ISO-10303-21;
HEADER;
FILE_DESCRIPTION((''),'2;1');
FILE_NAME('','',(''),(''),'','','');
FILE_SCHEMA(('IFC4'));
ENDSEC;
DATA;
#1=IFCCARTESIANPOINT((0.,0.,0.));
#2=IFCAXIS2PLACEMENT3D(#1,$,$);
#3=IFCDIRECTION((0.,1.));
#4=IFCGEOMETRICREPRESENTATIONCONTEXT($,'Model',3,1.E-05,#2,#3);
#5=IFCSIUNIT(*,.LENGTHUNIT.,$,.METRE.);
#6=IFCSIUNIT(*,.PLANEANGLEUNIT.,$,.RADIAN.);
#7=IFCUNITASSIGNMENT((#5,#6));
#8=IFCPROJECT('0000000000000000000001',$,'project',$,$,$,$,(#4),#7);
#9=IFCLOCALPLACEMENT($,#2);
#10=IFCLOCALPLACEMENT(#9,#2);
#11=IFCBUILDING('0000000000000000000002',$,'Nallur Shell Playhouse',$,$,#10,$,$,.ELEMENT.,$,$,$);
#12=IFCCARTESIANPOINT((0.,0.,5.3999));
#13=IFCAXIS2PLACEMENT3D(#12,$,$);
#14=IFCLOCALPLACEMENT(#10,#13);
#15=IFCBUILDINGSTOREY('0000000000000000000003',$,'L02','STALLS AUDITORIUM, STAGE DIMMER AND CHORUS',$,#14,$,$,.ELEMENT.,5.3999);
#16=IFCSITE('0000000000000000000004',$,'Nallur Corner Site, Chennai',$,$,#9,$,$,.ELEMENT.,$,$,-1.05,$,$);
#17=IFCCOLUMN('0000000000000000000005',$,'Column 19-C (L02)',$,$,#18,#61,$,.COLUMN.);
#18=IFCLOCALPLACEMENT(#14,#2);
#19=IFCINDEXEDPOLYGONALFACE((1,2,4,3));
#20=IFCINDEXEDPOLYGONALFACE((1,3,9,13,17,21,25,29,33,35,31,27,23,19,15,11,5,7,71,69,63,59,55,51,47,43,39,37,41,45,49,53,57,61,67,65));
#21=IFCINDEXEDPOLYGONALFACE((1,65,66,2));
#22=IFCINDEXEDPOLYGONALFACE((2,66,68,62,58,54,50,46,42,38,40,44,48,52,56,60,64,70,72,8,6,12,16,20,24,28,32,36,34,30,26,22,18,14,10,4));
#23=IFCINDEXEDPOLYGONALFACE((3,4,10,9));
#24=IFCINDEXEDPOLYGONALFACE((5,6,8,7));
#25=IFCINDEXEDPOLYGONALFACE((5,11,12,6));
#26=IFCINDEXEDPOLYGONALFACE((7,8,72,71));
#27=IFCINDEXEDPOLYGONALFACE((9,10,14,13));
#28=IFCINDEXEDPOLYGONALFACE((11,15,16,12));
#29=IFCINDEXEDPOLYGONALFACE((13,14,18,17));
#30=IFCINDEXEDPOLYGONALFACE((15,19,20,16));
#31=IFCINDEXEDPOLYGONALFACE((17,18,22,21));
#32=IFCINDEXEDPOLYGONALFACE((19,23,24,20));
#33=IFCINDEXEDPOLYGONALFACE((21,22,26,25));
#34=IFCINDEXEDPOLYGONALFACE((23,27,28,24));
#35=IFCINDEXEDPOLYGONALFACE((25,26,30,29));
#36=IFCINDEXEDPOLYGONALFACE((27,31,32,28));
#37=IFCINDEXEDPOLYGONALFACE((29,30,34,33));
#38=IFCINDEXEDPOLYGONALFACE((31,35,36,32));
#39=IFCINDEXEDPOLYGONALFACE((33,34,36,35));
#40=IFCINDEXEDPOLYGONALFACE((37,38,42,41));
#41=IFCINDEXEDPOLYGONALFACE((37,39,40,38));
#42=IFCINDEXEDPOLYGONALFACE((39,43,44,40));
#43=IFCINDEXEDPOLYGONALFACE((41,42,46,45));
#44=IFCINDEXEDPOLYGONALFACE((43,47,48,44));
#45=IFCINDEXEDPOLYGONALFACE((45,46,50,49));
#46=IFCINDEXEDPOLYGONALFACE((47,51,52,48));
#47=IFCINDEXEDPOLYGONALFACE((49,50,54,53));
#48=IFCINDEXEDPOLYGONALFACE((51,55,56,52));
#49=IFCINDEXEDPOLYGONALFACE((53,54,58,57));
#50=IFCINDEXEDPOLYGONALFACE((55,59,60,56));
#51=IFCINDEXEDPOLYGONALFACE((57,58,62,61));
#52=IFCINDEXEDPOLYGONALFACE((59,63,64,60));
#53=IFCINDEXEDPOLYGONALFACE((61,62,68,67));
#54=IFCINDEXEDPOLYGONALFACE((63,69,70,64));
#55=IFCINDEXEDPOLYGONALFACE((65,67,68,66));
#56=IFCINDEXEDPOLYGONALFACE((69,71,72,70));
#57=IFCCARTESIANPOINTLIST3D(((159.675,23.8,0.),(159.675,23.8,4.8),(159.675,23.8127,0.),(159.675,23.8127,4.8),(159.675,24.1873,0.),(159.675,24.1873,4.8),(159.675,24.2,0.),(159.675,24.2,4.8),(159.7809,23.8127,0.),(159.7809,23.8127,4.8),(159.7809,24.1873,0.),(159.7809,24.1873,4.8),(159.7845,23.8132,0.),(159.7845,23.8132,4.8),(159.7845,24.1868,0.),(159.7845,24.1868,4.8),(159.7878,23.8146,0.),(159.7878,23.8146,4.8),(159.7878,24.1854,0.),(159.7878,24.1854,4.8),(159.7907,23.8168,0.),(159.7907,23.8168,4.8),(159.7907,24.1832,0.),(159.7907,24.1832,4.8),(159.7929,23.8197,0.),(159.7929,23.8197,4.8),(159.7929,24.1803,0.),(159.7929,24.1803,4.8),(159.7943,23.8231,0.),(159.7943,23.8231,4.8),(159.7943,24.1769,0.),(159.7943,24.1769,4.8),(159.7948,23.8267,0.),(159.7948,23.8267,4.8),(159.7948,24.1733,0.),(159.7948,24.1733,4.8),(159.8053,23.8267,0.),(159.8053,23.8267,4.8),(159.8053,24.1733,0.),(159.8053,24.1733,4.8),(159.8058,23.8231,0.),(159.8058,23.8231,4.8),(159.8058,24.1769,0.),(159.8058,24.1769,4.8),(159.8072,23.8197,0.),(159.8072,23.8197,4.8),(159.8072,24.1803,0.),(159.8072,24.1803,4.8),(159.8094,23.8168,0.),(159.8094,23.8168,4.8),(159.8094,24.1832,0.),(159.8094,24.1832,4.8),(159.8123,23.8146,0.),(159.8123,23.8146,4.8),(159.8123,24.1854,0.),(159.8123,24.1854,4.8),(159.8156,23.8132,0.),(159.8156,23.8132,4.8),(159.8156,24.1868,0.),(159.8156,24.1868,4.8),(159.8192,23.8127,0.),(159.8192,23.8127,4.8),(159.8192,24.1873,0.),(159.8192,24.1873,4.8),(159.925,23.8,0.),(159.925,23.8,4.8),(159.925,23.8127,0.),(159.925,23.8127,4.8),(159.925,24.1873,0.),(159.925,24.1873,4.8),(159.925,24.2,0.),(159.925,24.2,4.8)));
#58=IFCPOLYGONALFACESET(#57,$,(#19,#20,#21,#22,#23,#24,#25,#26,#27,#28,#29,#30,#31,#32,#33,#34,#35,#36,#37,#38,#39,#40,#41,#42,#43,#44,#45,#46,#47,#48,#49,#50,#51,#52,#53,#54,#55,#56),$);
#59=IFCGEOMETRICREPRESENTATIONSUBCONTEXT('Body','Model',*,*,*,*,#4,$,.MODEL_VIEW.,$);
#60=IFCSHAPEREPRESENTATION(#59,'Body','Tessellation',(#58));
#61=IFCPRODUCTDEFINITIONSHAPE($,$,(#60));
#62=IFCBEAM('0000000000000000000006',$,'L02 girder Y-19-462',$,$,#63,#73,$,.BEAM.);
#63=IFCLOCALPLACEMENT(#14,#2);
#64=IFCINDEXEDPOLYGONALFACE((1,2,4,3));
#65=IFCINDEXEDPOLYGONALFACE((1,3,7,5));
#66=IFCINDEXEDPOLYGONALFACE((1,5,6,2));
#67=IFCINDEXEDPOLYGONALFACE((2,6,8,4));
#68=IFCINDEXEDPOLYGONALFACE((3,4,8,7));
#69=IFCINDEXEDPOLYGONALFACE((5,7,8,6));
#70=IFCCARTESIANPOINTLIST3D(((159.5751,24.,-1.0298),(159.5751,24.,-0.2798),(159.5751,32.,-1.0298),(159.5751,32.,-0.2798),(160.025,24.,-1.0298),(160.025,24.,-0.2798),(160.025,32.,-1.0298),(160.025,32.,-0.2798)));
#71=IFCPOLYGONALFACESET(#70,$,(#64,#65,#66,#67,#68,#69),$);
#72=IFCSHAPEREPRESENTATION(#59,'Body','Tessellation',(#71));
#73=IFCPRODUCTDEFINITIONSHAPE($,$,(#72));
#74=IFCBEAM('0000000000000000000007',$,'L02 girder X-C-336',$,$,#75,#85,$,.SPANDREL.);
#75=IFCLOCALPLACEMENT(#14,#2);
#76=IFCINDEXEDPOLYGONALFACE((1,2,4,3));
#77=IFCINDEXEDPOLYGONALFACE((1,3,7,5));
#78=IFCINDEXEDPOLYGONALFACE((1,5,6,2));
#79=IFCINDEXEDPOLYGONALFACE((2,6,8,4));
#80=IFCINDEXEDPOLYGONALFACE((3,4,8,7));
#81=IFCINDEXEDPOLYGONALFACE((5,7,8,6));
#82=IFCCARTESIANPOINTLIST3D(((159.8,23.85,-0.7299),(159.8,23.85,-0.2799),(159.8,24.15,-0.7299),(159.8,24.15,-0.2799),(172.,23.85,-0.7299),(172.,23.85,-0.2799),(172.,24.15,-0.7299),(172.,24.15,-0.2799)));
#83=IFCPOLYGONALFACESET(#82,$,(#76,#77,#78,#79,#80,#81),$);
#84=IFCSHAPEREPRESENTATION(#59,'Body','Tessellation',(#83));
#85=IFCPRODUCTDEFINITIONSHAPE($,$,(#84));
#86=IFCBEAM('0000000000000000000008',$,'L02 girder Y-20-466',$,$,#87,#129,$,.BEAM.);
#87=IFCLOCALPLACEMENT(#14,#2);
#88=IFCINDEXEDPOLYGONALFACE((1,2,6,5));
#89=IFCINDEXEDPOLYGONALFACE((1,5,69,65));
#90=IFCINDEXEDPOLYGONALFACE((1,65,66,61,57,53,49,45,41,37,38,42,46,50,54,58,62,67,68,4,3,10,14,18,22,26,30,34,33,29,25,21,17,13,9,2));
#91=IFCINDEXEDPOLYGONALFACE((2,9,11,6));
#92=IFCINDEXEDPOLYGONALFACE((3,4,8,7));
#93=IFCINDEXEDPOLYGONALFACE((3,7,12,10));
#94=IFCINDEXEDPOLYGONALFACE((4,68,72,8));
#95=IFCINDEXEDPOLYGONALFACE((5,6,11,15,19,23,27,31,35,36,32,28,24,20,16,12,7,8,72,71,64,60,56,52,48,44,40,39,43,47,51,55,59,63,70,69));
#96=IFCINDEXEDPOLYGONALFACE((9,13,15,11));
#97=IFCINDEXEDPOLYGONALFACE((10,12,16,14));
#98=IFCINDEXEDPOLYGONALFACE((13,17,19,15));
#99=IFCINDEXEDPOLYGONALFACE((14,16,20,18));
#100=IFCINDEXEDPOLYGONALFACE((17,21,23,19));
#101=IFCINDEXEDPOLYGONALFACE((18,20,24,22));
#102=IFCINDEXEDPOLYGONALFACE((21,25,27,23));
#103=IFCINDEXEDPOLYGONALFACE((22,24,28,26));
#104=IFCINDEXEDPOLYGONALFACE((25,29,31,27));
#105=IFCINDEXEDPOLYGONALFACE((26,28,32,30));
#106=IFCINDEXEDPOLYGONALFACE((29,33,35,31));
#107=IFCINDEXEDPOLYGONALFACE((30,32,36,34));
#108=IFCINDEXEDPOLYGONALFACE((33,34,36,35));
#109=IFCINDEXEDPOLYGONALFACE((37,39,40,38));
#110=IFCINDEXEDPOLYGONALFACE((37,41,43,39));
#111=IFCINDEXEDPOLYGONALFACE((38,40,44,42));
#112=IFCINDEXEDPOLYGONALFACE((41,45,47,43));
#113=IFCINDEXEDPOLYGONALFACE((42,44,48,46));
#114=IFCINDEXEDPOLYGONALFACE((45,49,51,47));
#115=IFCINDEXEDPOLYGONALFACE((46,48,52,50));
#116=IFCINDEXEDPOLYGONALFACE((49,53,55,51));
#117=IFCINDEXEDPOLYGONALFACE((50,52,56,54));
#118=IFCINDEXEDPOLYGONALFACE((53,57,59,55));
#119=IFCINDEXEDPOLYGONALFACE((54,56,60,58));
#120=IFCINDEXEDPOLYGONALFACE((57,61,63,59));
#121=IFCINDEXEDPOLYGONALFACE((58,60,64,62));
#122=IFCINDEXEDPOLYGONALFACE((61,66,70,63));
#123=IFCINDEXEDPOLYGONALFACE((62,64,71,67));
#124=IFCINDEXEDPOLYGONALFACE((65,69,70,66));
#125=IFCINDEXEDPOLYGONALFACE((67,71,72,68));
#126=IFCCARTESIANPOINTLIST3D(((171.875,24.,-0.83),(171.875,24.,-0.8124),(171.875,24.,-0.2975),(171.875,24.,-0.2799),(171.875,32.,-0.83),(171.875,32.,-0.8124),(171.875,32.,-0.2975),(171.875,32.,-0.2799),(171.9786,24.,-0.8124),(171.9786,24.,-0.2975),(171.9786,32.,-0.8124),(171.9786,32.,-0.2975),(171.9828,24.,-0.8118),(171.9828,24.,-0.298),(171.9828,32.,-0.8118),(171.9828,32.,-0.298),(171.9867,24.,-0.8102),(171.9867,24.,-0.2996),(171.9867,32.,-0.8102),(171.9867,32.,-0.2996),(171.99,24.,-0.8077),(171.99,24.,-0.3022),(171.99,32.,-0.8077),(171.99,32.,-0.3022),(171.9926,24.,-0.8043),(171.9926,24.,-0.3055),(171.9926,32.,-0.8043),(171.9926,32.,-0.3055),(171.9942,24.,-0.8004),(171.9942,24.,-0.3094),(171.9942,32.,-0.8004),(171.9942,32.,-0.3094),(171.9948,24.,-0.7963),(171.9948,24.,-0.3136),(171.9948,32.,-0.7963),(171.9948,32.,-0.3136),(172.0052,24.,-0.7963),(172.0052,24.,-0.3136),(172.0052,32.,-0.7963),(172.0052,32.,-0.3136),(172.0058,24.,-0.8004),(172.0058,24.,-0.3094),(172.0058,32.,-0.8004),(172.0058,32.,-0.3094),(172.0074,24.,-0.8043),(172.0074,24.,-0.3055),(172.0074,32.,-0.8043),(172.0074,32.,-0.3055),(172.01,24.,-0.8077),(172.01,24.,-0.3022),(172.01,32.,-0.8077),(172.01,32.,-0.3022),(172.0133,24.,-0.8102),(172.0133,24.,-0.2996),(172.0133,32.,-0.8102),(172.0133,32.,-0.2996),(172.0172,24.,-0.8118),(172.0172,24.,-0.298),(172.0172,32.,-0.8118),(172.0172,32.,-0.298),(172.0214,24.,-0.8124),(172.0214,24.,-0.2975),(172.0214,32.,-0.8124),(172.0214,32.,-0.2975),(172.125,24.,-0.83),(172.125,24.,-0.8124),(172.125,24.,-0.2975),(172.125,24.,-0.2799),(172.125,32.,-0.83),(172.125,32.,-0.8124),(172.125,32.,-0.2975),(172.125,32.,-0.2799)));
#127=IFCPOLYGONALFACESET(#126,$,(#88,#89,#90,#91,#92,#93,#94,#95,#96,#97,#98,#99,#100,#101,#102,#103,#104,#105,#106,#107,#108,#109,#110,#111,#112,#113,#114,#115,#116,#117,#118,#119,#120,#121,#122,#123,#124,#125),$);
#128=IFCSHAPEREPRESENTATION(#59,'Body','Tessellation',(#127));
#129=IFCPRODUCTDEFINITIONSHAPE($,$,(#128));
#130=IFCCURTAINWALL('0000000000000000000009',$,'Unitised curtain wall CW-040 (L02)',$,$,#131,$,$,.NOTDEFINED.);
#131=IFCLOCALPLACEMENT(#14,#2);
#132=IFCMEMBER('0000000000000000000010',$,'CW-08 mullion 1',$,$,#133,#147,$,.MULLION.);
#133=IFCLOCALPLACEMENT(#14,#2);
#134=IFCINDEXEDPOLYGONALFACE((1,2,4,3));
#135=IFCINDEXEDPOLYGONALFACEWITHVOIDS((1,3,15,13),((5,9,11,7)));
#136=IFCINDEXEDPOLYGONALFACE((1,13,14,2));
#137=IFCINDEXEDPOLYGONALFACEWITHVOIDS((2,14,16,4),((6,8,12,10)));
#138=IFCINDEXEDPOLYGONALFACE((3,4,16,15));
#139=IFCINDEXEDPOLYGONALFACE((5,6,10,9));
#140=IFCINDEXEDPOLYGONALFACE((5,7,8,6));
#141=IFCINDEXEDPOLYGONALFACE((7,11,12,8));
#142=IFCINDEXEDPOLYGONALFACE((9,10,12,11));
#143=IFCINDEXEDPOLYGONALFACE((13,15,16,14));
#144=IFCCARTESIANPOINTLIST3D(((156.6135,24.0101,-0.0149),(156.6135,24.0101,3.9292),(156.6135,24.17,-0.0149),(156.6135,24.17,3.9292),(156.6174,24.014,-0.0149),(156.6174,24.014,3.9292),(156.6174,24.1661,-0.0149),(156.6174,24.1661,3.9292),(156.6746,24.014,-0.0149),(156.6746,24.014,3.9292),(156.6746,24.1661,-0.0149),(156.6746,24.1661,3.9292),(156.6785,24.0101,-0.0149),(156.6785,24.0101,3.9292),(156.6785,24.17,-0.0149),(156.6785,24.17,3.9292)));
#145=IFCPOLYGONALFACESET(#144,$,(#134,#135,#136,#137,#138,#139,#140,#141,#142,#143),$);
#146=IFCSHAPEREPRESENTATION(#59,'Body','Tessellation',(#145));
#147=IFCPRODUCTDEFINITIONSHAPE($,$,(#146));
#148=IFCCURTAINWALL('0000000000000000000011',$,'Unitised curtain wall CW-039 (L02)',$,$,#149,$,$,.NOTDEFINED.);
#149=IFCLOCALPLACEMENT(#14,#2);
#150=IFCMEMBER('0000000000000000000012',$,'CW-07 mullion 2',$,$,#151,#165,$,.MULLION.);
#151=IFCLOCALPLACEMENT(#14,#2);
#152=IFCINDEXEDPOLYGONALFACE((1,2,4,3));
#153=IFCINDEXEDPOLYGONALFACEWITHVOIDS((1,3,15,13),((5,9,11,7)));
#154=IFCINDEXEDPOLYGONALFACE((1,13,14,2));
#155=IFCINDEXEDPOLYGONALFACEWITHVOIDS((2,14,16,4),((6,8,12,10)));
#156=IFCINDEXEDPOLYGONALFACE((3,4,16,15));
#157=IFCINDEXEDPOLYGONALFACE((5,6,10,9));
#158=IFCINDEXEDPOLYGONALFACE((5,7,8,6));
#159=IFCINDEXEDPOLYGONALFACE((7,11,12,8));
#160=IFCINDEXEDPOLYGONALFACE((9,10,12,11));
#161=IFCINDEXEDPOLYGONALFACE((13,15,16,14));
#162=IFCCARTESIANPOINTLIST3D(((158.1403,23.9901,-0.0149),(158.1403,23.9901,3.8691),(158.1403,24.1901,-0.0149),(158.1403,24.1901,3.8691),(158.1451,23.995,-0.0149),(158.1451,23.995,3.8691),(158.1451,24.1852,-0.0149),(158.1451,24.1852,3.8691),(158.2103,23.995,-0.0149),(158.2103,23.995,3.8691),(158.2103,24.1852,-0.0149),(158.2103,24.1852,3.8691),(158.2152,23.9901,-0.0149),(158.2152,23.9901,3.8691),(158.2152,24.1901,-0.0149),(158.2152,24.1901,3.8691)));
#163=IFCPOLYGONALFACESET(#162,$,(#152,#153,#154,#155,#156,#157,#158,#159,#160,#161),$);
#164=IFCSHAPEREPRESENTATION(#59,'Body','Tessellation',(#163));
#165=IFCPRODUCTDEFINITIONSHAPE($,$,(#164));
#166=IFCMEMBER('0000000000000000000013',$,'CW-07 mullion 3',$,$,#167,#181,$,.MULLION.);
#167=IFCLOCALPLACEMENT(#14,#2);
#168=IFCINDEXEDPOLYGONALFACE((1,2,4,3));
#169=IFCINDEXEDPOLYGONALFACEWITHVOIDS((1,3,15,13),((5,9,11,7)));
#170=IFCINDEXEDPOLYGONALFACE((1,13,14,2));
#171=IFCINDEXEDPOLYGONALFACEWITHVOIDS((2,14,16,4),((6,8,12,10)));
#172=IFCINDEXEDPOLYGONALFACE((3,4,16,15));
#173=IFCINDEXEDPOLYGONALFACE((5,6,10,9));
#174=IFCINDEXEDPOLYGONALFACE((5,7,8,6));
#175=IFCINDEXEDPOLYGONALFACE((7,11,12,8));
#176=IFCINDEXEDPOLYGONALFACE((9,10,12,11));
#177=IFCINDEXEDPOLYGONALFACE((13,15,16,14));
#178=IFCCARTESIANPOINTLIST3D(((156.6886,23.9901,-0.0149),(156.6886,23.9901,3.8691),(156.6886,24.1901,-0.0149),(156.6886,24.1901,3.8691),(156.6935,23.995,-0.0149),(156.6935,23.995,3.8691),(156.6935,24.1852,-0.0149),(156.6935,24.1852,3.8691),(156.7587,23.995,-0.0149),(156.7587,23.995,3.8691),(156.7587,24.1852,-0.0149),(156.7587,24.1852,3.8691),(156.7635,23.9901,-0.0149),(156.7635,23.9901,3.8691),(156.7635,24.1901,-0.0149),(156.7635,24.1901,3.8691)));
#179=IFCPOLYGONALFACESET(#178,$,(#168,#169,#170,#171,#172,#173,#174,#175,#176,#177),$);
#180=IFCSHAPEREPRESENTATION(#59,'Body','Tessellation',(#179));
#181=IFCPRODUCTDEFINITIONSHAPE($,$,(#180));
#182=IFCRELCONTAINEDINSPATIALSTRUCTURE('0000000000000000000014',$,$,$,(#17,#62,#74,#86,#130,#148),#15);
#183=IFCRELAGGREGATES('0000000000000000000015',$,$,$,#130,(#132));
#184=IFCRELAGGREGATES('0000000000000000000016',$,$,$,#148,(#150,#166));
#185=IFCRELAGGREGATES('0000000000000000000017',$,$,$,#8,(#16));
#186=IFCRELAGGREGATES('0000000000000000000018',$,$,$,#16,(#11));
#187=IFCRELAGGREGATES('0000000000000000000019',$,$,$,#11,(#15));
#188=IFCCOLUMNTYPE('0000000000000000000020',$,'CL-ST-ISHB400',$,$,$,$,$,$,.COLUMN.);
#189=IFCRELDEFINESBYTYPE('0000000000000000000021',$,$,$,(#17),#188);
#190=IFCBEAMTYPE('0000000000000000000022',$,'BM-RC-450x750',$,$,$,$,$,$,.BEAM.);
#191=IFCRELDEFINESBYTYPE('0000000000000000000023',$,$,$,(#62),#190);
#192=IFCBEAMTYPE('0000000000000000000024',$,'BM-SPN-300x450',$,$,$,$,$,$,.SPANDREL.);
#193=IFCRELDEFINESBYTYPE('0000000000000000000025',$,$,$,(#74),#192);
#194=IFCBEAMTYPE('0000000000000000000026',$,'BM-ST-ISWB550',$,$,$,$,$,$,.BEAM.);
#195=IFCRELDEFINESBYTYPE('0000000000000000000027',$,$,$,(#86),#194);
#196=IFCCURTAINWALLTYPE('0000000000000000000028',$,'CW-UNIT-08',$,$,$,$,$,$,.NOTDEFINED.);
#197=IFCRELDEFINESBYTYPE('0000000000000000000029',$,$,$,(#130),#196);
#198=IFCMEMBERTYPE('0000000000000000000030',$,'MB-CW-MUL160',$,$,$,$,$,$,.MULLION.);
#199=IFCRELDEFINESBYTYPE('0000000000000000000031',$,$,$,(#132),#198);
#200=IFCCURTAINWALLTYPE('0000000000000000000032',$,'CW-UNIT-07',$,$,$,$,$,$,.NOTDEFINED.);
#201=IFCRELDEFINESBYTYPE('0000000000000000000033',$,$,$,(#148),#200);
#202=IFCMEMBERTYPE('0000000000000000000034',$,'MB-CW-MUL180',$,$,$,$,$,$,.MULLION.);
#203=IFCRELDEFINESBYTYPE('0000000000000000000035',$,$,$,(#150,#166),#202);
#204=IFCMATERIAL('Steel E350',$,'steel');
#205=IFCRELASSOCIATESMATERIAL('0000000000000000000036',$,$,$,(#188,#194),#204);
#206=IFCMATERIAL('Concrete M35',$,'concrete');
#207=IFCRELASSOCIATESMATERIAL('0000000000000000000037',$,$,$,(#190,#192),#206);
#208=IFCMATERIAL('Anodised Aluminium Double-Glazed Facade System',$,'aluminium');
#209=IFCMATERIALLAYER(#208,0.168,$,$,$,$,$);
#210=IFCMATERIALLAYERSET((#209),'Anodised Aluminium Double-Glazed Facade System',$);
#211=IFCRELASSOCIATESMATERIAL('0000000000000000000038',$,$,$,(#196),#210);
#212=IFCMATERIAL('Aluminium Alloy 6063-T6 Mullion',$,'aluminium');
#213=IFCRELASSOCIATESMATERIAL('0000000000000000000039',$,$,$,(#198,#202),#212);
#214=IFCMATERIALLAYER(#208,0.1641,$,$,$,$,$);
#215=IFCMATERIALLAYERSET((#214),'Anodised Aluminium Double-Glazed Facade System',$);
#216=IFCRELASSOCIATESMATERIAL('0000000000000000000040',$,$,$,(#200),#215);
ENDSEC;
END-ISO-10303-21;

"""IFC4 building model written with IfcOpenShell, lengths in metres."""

from ifc_helpers import new_model, si_unit, direction, frame, origin, origin_2d, place, context, subcontext, project, spatial, rectangle, hollow_rectangle, i_section, extrude, material, layer, layer_set, material_profile, profile_set, type_object, element, aggregate, save


model = new_model("IFC4")

# Units and contexts
model_context = context("Model", 3, precision=1e-05, world=origin(), true_north=direction((0.0, 1.0)))
body_context = subcontext(model_context, "Body", "Model", "MODEL_VIEW")
ifc_project = project(units=[si_unit("LENGTHUNIT", "METRE"), si_unit("PLANEANGLEUNIT", "RADIAN")], contexts=[model_context])

# Site, building, storey
site_placement = place(None, origin())
site = spatial("IfcSite", under=ifc_project, at=site_placement, Name="Nallur Corner Site, Chennai", CompositionType="ELEMENT", RefElevation=-1.05)
building_placement = place(site_placement, origin())
building = spatial("IfcBuilding", under=site, at=building_placement, Name="Nallur Shell Playhouse", CompositionType="ELEMENT")
storey_placement = place(building_placement, frame((0.0, 0.0, 5.3999)))
storey = spatial("IfcBuildingStorey", under=building, at=storey_placement, Name="L02", Description="STALLS AUDITORIUM, STAGE DIMMER AND CHORUS", CompositionType="ELEMENT", Elevation=5.3999)

# Column
ifc_material_1 = material(Name="Steel E350", Category="steel")
ifc_material_profile_1 = material_profile(ifc_material_1, i_section(OverallWidth=0.25, OverallDepth=0.3999, WebThickness=0.0105, FlangeThickness=0.0127, FilletRadius=0.0139, at=origin_2d()), Name="ISHB 400")
ifc_profile_set_1 = profile_set([ifc_material_profile_1], Name="Steel E350")
column_type = type_object("IfcColumnType", Name="CL-ST-ISHB400", PredefinedType="COLUMN", material=ifc_profile_set_1)
column_placement = place(storey_placement, frame((159.8, 24.0, 0.0), z_axis=(0.0, 0.0, 1.0), x_axis=(1.0, 0.0, 0.0)))
element("IfcColumn", 1, at=column_placement, inside=storey, type_object=column_type, Name="Column 19-C (L02)", PredefinedType="COLUMN", context=body_context, shape_type="SweptSolid", body=[
    extrude(i_section(OverallWidth=0.25, OverallDepth=0.3999, WebThickness=0.0105, FlangeThickness=0.0127, FilletRadius=0.0139, at=origin_2d()), origin(), (0.0, 0.0, 1.0), 4.8),
])

# Beams
ifc_material_2 = material(Name="Concrete M35", Category="concrete")
ifc_material_profile_2 = material_profile(ifc_material_2, rectangle(XDim=0.45, YDim=0.75, at=origin_2d()), Name="RC 450x750")
ifc_profile_set_2 = profile_set([ifc_material_profile_2], Name="Concrete M35")
beam_type_1 = type_object("IfcBeamType", Name="BM-RC-450x750", PredefinedType="BEAM", material=ifc_profile_set_2)
beam_1_placement = place(storey_placement, frame((159.8, 24.0, -0.6548), z_axis=(0.0, 1.0, 0.0), x_axis=(-1.0, 0.0, 0.0)))
element("IfcBeam", 2, at=beam_1_placement, inside=storey, type_object=beam_type_1, Name="L02 girder Y-19-462", PredefinedType="BEAM", context=body_context, shape_type="SweptSolid", body=[
    extrude(rectangle(XDim=0.45, YDim=0.75, at=origin_2d()), origin(), (0.0, 0.0, 1.0), 8.0),
])
ifc_material_profile_3 = material_profile(ifc_material_2, rectangle(XDim=0.3, YDim=0.45, at=origin_2d()), Name="RC 300x450")
ifc_profile_set_3 = profile_set([ifc_material_profile_3], Name="Concrete M35")
beam_type_2 = type_object("IfcBeamType", Name="BM-SPN-300x450", PredefinedType="SPANDREL", material=ifc_profile_set_3)
beam_2_placement = place(storey_placement, frame((159.8, 24.0, -0.5049), z_axis=(1.0, 0.0, 0.0), x_axis=(0.0, 1.0, 0.0)))
element("IfcBeam", 3, at=beam_2_placement, inside=storey, type_object=beam_type_2, Name="L02 girder X-C-336", PredefinedType="SPANDREL", context=body_context, shape_type="SweptSolid", body=[
    extrude(rectangle(XDim=0.3, YDim=0.45, at=origin_2d()), origin(), (0.0, 0.0, 1.0), 12.2),
])
ifc_material_profile_4 = material_profile(ifc_material_1, i_section(OverallWidth=0.25, OverallDepth=0.55, WebThickness=0.0105, FlangeThickness=0.0176, FilletRadius=0.0161, at=origin_2d()), Name="ISWB 550")
ifc_profile_set_4 = profile_set([ifc_material_profile_4], Name="Steel E350")
beam_type_3 = type_object("IfcBeamType", Name="BM-ST-ISWB550", PredefinedType="BEAM", material=ifc_profile_set_4)
beam_3_placement = place(storey_placement, frame((172.0, 24.0, -0.5549), z_axis=(0.0, 1.0, 0.0), x_axis=(-1.0, 0.0, 0.0)))
element("IfcBeam", 4, at=beam_3_placement, inside=storey, type_object=beam_type_3, Name="L02 girder Y-20-466", PredefinedType="BEAM", context=body_context, shape_type="SweptSolid", body=[
    extrude(i_section(OverallWidth=0.25, OverallDepth=0.55, WebThickness=0.0105, FlangeThickness=0.0176, FilletRadius=0.0161, at=origin_2d()), origin(), (0.0, 0.0, 1.0), 8.0),
])

# Curtain wall, member
ifc_material_3 = material(Name="Anodised Aluminium Double-Glazed Facade System", Category="aluminium")
ifc_layer_1 = layer(ifc_material_3, 0.168)
ifc_layer_set_1 = layer_set([ifc_layer_1], Name="Anodised Aluminium Double-Glazed Facade System")
curtain_wall_type_1 = type_object("IfcCurtainWallType", Name="CW-UNIT-08", PredefinedType="NOTDEFINED", material=ifc_layer_set_1)
curtain_wall_1_placement = place(storey_placement, origin())
curtain_wall_1 = element("IfcCurtainWall", 5, at=curtain_wall_1_placement, inside=storey, type_object=curtain_wall_type_1, Name="Unitised curtain wall CW-040 (L02)", PredefinedType="NOTDEFINED")
ifc_material_4 = material(Name="Aluminium Alloy 6063-T6 Mullion", Category="aluminium")
ifc_material_profile_5 = material_profile(ifc_material_4, hollow_rectangle(XDim=0.0649, YDim=0.1599, WallThickness=0.0039, at=origin_2d()), Name="ALU 65x160x4")
ifc_profile_set_5 = profile_set([ifc_material_profile_5], Name="Aluminium Alloy 6063-T6 Mullion")
member_type_1 = type_object("IfcMemberType", Name="MB-CW-MUL160", PredefinedType="MULLION", material=ifc_profile_set_5)
member_1_placement = place(storey_placement, frame((156.646, 24.0901, -0.0149), z_axis=(0.0, 0.0, 1.0), x_axis=(-1.0, 0.0, 0.0)))
member_1 = element("IfcMember", 6, at=member_1_placement, type_object=member_type_1, Name="CW-08 mullion 1", PredefinedType="MULLION", context=body_context, shape_type="SweptSolid", body=[
    extrude(hollow_rectangle(XDim=0.0649, YDim=0.1599, WallThickness=0.0039, at=origin_2d()), origin(), (0.0, 0.0, 1.0), 3.9441),
])

# Curtain wall, members
ifc_layer_2 = layer(ifc_material_3, 0.1641)
ifc_layer_set_2 = layer_set([ifc_layer_2], Name="Anodised Aluminium Double-Glazed Facade System")
curtain_wall_type_2 = type_object("IfcCurtainWallType", Name="CW-UNIT-07", PredefinedType="NOTDEFINED", material=ifc_layer_set_2)
curtain_wall_2_placement = place(storey_placement, origin())
curtain_wall_2 = element("IfcCurtainWall", 7, at=curtain_wall_2_placement, inside=storey, type_object=curtain_wall_type_2, Name="Unitised curtain wall CW-039 (L02)", PredefinedType="NOTDEFINED")
ifc_material_profile_6 = material_profile(ifc_material_4, hollow_rectangle(XDim=0.075, YDim=0.2, WallThickness=0.0049, at=origin_2d()), Name="ALU 75x200x5")
ifc_profile_set_6 = profile_set([ifc_material_profile_6], Name="Aluminium Alloy 6063-T6 Mullion")
member_type_2 = type_object("IfcMemberType", Name="MB-CW-MUL180", PredefinedType="MULLION", material=ifc_profile_set_6)
member_2_placement = place(storey_placement, frame((158.1777, 24.0901, -0.0149), z_axis=(0.0, 0.0, 1.0), x_axis=(-1.0, 0.0, 0.0)))
member_2 = element("IfcMember", 8, at=member_2_placement, type_object=member_type_2, Name="CW-07 mullion 2", PredefinedType="MULLION", context=body_context, shape_type="SweptSolid", body=[
    extrude(hollow_rectangle(XDim=0.075, YDim=0.2, WallThickness=0.0049, at=origin_2d()), origin(), (0.0, 0.0, 1.0), 3.884),
])
member_3_placement = place(storey_placement, frame((156.7261, 24.0901, -0.0149), z_axis=(0.0, 0.0, 1.0), x_axis=(-1.0, 0.0, 0.0)))
member_3 = element("IfcMember", 9, at=member_3_placement, type_object=member_type_2, Name="CW-07 mullion 3", PredefinedType="MULLION", context=body_context, shape_type="SweptSolid", body=[
    extrude(hollow_rectangle(XDim=0.075, YDim=0.2, WallThickness=0.0049, at=origin_2d()), origin(), (0.0, 0.0, 1.0), 3.884),
])

aggregate(curtain_wall_1, [member_1])

aggregate(curtain_wall_2, [member_2, member_3])

save(model, "model.ifc")
